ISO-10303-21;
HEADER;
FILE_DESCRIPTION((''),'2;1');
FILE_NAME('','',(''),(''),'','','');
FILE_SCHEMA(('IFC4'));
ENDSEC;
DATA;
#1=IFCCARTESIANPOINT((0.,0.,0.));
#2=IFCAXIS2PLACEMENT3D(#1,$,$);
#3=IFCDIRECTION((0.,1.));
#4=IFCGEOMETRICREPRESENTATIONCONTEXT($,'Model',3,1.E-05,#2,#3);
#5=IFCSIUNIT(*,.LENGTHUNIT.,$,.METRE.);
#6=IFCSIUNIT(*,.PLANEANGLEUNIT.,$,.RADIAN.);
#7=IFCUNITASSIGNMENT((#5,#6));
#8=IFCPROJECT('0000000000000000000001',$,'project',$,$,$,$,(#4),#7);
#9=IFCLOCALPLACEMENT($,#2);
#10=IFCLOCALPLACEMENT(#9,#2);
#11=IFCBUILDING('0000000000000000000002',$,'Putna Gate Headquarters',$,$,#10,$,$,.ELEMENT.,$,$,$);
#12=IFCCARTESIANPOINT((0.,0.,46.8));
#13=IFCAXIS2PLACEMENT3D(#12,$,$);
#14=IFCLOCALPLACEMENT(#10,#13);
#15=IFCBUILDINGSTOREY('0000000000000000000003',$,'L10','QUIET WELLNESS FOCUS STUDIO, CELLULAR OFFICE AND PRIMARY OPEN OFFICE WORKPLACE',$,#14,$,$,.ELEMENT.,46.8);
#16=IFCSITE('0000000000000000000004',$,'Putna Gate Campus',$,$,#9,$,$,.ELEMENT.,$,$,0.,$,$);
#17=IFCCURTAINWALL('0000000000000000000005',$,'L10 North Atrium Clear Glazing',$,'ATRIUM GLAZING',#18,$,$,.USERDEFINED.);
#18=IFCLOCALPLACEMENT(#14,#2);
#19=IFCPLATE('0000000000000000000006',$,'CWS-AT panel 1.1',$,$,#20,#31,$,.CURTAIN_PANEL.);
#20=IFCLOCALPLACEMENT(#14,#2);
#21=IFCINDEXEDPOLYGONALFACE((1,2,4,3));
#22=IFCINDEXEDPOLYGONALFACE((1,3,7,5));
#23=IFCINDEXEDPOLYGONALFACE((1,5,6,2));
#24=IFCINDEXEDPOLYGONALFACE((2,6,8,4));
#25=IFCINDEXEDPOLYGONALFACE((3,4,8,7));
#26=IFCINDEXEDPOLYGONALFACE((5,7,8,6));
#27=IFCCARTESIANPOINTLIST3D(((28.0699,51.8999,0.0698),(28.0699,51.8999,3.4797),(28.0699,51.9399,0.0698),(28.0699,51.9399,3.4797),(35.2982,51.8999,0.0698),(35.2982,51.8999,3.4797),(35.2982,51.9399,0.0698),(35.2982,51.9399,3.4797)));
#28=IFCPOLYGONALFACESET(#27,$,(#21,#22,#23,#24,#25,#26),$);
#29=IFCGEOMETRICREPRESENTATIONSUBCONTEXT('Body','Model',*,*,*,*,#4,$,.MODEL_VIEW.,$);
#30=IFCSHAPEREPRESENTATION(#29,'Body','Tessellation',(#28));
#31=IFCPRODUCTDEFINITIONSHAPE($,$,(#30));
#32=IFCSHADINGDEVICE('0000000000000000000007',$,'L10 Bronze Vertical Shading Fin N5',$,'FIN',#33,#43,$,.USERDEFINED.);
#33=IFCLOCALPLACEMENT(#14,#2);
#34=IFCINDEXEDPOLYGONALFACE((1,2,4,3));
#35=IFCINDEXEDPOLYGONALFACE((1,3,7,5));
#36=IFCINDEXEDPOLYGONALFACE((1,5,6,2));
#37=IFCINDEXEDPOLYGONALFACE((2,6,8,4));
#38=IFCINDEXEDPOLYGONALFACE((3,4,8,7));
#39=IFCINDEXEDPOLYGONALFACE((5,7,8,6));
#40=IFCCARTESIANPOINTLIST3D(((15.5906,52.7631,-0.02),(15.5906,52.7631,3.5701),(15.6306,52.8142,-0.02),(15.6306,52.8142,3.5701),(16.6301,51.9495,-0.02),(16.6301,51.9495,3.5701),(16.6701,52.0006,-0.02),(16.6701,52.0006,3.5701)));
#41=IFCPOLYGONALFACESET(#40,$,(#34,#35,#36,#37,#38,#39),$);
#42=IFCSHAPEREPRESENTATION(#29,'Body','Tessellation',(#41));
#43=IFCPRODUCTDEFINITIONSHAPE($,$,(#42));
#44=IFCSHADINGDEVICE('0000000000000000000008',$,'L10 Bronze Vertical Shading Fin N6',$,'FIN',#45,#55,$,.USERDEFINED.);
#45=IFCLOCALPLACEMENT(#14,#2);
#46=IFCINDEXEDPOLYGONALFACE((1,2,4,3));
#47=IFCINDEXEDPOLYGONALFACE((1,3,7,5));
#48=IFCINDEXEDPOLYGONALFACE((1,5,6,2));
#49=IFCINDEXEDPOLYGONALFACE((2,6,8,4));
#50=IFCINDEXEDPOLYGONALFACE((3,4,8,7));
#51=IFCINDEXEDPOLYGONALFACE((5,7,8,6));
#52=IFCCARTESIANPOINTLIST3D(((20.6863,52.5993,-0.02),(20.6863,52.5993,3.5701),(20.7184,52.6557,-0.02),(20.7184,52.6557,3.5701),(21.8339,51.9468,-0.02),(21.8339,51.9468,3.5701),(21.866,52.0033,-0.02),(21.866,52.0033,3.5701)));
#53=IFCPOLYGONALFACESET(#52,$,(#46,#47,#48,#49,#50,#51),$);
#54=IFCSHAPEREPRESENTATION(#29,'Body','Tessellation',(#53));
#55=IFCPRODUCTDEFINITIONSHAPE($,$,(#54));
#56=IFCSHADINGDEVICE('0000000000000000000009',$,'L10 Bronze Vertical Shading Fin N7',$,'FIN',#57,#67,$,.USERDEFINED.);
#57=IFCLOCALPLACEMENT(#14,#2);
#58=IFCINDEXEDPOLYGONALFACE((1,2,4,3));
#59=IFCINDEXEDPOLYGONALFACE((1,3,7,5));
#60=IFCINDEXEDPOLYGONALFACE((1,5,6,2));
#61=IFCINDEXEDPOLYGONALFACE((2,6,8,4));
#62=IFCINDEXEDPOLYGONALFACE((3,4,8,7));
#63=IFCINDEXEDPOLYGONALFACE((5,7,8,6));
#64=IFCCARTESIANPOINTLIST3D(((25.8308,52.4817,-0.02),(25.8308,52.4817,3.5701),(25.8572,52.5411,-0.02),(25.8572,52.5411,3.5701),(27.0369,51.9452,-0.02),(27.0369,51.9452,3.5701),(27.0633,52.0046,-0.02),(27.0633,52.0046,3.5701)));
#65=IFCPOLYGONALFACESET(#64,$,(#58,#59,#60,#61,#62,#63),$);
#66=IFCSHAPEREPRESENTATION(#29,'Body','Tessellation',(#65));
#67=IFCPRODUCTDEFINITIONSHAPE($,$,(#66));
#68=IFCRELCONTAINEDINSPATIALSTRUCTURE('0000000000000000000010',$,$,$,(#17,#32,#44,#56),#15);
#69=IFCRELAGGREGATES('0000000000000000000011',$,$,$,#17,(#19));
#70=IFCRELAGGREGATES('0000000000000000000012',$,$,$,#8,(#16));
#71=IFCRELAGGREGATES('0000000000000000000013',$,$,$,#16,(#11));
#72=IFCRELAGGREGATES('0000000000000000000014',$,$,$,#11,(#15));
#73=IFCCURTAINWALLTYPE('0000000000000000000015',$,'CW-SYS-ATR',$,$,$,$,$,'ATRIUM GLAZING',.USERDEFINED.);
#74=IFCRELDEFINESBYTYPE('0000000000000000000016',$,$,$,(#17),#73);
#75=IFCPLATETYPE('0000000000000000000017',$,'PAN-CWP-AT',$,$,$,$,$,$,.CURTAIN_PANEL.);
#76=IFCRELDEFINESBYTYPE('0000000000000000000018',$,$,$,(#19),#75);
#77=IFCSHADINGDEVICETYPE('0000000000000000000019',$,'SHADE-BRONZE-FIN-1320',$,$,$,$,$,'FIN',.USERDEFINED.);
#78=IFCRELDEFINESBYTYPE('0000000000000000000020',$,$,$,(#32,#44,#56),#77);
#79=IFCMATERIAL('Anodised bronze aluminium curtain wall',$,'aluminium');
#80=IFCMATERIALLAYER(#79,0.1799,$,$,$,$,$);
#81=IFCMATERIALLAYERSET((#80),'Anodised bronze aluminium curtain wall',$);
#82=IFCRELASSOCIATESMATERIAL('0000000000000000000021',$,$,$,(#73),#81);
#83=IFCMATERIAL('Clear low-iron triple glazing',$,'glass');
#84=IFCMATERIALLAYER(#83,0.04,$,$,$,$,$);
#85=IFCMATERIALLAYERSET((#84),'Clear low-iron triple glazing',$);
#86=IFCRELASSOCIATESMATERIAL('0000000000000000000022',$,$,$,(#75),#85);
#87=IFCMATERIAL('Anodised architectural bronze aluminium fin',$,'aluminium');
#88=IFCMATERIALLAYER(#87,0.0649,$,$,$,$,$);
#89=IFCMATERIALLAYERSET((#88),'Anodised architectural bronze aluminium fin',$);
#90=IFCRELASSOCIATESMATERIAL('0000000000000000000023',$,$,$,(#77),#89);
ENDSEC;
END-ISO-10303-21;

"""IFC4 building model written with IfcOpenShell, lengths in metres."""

from ifc_helpers import new_model, si_unit, direction, frame, origin, origin_2d, place, context, subcontext, project, spatial, rectangle, extrude, material, layer, layer_set, type_object, element, aggregate, save


model = new_model("IFC4")

# Units and contexts
model_context = context("Model", 3, precision=1e-05, world=origin(), true_north=direction((0.0, 1.0)))
body_context = subcontext(model_context, "Body", "Model", "MODEL_VIEW")
ifc_project = project(units=[si_unit("LENGTHUNIT", "METRE"), si_unit("PLANEANGLEUNIT", "RADIAN")], contexts=[model_context])

# Site, building, storey
site_placement = place(None, origin())
site = spatial("IfcSite", under=ifc_project, at=site_placement, Name="Putna Gate Campus", CompositionType="ELEMENT", RefElevation=0.0)
building_placement = place(site_placement, origin())
building = spatial("IfcBuilding", under=site, at=building_placement, Name="Putna Gate Headquarters", CompositionType="ELEMENT")
storey_placement = place(building_placement, frame((0.0, 0.0, 46.8)))
storey = spatial("IfcBuildingStorey", under=building, at=storey_placement, Name="L10", Description="QUIET WELLNESS FOCUS STUDIO, CELLULAR OFFICE AND PRIMARY OPEN OFFICE WORKPLACE", CompositionType="ELEMENT", Elevation=46.8)

# Curtain wall
ifc_material_1 = material(Name="Anodised bronze aluminium curtain wall", Category="aluminium")
ifc_layer_1 = layer(ifc_material_1, 0.1799)
ifc_layer_set_1 = layer_set([ifc_layer_1], Name="Anodised bronze aluminium curtain wall")
curtain_wall_type_1 = type_object("IfcCurtainWallType", Name="CW-SYS-ATR", ElementType="ATRIUM GLAZING", PredefinedType="USERDEFINED", material=ifc_layer_set_1)
curtain_wall_1_placement = place(storey_placement, origin())
curtain_wall_1 = element("IfcCurtainWall", 1, at=curtain_wall_1_placement, inside=storey, type_object=curtain_wall_type_1, Name="L10 North Atrium Clear Glazing", ObjectType="ATRIUM GLAZING", PredefinedType="USERDEFINED")

# Plate
ifc_material_2 = material(Name="Clear low-iron triple glazing", Category="glass")
ifc_layer_2 = layer(ifc_material_2, 0.04)
ifc_layer_set_2 = layer_set([ifc_layer_2], Name="Clear low-iron triple glazing")
plate_type_1 = type_object("IfcPlateType", Name="PAN-CWP-AT", PredefinedType="CURTAIN_PANEL", material=ifc_layer_set_2)
plate_1_placement = place(storey_placement, frame((31.6841, 51.9199, 0.0698), z_axis=(0.0, 0.0, 1.0), x_axis=(1.0, 0.0, 0.0)))
plate_1 = element("IfcPlate", 2, at=plate_1_placement, type_object=plate_type_1, Name="CWS-AT panel 1.1", PredefinedType="CURTAIN_PANEL", context=body_context, shape_type="SweptSolid", body=[
    extrude(rectangle(XDim=7.2283, YDim=0.04, at=origin_2d()), origin(), (0.0, 0.0, 1.0), 3.4099),
])
aggregate(curtain_wall_1, [plate_1])

# Shading devices
ifc_material_3 = material(Name="Anodised architectural bronze aluminium fin", Category="aluminium")
ifc_layer_3 = layer(ifc_material_3, 0.0649)
ifc_layer_set_3 = layer_set([ifc_layer_3], Name="Anodised architectural bronze aluminium fin")
shading_device_type = type_object("IfcShadingDeviceType", Name="SHADE-BRONZE-FIN-1320", ElementType="FIN", PredefinedType="USERDEFINED", material=ifc_layer_set_3)
for number, where, z_axis, x_axis, name in (
    (3, (16.1304, 52.3818, -0.02), (0.0, 0.0, 1.0), (-0.787473, 0.616349, 0.0), "L10 Bronze Vertical Shading Fin N5"),
    (4, (21.2761, 52.3013, -0.02), (0.0, 0.0, 1.0), (-0.869322, 0.494245, 0.0), "L10 Bronze Vertical Shading Fin N6"),
    (5, (26.447, 52.2432, -0.02), (0.0, 0.0, 1.0), (-0.913687, 0.406418, 0.0), "L10 Bronze Vertical Shading Fin N7"),
):
    element("IfcShadingDevice", number, at=place(storey_placement, frame(where, z_axis=z_axis, x_axis=x_axis)), inside=storey, type_object=shading_device_type, Name=name, ObjectType="FIN", PredefinedType="USERDEFINED", context=body_context, shape_type="SweptSolid", body=[
        extrude(rectangle(XDim=1.3201, YDim=0.0649, at=origin_2d()), origin(), (0.0, 0.0, 1.0), 3.5901),
    ])

save(model, "model.ifc")
